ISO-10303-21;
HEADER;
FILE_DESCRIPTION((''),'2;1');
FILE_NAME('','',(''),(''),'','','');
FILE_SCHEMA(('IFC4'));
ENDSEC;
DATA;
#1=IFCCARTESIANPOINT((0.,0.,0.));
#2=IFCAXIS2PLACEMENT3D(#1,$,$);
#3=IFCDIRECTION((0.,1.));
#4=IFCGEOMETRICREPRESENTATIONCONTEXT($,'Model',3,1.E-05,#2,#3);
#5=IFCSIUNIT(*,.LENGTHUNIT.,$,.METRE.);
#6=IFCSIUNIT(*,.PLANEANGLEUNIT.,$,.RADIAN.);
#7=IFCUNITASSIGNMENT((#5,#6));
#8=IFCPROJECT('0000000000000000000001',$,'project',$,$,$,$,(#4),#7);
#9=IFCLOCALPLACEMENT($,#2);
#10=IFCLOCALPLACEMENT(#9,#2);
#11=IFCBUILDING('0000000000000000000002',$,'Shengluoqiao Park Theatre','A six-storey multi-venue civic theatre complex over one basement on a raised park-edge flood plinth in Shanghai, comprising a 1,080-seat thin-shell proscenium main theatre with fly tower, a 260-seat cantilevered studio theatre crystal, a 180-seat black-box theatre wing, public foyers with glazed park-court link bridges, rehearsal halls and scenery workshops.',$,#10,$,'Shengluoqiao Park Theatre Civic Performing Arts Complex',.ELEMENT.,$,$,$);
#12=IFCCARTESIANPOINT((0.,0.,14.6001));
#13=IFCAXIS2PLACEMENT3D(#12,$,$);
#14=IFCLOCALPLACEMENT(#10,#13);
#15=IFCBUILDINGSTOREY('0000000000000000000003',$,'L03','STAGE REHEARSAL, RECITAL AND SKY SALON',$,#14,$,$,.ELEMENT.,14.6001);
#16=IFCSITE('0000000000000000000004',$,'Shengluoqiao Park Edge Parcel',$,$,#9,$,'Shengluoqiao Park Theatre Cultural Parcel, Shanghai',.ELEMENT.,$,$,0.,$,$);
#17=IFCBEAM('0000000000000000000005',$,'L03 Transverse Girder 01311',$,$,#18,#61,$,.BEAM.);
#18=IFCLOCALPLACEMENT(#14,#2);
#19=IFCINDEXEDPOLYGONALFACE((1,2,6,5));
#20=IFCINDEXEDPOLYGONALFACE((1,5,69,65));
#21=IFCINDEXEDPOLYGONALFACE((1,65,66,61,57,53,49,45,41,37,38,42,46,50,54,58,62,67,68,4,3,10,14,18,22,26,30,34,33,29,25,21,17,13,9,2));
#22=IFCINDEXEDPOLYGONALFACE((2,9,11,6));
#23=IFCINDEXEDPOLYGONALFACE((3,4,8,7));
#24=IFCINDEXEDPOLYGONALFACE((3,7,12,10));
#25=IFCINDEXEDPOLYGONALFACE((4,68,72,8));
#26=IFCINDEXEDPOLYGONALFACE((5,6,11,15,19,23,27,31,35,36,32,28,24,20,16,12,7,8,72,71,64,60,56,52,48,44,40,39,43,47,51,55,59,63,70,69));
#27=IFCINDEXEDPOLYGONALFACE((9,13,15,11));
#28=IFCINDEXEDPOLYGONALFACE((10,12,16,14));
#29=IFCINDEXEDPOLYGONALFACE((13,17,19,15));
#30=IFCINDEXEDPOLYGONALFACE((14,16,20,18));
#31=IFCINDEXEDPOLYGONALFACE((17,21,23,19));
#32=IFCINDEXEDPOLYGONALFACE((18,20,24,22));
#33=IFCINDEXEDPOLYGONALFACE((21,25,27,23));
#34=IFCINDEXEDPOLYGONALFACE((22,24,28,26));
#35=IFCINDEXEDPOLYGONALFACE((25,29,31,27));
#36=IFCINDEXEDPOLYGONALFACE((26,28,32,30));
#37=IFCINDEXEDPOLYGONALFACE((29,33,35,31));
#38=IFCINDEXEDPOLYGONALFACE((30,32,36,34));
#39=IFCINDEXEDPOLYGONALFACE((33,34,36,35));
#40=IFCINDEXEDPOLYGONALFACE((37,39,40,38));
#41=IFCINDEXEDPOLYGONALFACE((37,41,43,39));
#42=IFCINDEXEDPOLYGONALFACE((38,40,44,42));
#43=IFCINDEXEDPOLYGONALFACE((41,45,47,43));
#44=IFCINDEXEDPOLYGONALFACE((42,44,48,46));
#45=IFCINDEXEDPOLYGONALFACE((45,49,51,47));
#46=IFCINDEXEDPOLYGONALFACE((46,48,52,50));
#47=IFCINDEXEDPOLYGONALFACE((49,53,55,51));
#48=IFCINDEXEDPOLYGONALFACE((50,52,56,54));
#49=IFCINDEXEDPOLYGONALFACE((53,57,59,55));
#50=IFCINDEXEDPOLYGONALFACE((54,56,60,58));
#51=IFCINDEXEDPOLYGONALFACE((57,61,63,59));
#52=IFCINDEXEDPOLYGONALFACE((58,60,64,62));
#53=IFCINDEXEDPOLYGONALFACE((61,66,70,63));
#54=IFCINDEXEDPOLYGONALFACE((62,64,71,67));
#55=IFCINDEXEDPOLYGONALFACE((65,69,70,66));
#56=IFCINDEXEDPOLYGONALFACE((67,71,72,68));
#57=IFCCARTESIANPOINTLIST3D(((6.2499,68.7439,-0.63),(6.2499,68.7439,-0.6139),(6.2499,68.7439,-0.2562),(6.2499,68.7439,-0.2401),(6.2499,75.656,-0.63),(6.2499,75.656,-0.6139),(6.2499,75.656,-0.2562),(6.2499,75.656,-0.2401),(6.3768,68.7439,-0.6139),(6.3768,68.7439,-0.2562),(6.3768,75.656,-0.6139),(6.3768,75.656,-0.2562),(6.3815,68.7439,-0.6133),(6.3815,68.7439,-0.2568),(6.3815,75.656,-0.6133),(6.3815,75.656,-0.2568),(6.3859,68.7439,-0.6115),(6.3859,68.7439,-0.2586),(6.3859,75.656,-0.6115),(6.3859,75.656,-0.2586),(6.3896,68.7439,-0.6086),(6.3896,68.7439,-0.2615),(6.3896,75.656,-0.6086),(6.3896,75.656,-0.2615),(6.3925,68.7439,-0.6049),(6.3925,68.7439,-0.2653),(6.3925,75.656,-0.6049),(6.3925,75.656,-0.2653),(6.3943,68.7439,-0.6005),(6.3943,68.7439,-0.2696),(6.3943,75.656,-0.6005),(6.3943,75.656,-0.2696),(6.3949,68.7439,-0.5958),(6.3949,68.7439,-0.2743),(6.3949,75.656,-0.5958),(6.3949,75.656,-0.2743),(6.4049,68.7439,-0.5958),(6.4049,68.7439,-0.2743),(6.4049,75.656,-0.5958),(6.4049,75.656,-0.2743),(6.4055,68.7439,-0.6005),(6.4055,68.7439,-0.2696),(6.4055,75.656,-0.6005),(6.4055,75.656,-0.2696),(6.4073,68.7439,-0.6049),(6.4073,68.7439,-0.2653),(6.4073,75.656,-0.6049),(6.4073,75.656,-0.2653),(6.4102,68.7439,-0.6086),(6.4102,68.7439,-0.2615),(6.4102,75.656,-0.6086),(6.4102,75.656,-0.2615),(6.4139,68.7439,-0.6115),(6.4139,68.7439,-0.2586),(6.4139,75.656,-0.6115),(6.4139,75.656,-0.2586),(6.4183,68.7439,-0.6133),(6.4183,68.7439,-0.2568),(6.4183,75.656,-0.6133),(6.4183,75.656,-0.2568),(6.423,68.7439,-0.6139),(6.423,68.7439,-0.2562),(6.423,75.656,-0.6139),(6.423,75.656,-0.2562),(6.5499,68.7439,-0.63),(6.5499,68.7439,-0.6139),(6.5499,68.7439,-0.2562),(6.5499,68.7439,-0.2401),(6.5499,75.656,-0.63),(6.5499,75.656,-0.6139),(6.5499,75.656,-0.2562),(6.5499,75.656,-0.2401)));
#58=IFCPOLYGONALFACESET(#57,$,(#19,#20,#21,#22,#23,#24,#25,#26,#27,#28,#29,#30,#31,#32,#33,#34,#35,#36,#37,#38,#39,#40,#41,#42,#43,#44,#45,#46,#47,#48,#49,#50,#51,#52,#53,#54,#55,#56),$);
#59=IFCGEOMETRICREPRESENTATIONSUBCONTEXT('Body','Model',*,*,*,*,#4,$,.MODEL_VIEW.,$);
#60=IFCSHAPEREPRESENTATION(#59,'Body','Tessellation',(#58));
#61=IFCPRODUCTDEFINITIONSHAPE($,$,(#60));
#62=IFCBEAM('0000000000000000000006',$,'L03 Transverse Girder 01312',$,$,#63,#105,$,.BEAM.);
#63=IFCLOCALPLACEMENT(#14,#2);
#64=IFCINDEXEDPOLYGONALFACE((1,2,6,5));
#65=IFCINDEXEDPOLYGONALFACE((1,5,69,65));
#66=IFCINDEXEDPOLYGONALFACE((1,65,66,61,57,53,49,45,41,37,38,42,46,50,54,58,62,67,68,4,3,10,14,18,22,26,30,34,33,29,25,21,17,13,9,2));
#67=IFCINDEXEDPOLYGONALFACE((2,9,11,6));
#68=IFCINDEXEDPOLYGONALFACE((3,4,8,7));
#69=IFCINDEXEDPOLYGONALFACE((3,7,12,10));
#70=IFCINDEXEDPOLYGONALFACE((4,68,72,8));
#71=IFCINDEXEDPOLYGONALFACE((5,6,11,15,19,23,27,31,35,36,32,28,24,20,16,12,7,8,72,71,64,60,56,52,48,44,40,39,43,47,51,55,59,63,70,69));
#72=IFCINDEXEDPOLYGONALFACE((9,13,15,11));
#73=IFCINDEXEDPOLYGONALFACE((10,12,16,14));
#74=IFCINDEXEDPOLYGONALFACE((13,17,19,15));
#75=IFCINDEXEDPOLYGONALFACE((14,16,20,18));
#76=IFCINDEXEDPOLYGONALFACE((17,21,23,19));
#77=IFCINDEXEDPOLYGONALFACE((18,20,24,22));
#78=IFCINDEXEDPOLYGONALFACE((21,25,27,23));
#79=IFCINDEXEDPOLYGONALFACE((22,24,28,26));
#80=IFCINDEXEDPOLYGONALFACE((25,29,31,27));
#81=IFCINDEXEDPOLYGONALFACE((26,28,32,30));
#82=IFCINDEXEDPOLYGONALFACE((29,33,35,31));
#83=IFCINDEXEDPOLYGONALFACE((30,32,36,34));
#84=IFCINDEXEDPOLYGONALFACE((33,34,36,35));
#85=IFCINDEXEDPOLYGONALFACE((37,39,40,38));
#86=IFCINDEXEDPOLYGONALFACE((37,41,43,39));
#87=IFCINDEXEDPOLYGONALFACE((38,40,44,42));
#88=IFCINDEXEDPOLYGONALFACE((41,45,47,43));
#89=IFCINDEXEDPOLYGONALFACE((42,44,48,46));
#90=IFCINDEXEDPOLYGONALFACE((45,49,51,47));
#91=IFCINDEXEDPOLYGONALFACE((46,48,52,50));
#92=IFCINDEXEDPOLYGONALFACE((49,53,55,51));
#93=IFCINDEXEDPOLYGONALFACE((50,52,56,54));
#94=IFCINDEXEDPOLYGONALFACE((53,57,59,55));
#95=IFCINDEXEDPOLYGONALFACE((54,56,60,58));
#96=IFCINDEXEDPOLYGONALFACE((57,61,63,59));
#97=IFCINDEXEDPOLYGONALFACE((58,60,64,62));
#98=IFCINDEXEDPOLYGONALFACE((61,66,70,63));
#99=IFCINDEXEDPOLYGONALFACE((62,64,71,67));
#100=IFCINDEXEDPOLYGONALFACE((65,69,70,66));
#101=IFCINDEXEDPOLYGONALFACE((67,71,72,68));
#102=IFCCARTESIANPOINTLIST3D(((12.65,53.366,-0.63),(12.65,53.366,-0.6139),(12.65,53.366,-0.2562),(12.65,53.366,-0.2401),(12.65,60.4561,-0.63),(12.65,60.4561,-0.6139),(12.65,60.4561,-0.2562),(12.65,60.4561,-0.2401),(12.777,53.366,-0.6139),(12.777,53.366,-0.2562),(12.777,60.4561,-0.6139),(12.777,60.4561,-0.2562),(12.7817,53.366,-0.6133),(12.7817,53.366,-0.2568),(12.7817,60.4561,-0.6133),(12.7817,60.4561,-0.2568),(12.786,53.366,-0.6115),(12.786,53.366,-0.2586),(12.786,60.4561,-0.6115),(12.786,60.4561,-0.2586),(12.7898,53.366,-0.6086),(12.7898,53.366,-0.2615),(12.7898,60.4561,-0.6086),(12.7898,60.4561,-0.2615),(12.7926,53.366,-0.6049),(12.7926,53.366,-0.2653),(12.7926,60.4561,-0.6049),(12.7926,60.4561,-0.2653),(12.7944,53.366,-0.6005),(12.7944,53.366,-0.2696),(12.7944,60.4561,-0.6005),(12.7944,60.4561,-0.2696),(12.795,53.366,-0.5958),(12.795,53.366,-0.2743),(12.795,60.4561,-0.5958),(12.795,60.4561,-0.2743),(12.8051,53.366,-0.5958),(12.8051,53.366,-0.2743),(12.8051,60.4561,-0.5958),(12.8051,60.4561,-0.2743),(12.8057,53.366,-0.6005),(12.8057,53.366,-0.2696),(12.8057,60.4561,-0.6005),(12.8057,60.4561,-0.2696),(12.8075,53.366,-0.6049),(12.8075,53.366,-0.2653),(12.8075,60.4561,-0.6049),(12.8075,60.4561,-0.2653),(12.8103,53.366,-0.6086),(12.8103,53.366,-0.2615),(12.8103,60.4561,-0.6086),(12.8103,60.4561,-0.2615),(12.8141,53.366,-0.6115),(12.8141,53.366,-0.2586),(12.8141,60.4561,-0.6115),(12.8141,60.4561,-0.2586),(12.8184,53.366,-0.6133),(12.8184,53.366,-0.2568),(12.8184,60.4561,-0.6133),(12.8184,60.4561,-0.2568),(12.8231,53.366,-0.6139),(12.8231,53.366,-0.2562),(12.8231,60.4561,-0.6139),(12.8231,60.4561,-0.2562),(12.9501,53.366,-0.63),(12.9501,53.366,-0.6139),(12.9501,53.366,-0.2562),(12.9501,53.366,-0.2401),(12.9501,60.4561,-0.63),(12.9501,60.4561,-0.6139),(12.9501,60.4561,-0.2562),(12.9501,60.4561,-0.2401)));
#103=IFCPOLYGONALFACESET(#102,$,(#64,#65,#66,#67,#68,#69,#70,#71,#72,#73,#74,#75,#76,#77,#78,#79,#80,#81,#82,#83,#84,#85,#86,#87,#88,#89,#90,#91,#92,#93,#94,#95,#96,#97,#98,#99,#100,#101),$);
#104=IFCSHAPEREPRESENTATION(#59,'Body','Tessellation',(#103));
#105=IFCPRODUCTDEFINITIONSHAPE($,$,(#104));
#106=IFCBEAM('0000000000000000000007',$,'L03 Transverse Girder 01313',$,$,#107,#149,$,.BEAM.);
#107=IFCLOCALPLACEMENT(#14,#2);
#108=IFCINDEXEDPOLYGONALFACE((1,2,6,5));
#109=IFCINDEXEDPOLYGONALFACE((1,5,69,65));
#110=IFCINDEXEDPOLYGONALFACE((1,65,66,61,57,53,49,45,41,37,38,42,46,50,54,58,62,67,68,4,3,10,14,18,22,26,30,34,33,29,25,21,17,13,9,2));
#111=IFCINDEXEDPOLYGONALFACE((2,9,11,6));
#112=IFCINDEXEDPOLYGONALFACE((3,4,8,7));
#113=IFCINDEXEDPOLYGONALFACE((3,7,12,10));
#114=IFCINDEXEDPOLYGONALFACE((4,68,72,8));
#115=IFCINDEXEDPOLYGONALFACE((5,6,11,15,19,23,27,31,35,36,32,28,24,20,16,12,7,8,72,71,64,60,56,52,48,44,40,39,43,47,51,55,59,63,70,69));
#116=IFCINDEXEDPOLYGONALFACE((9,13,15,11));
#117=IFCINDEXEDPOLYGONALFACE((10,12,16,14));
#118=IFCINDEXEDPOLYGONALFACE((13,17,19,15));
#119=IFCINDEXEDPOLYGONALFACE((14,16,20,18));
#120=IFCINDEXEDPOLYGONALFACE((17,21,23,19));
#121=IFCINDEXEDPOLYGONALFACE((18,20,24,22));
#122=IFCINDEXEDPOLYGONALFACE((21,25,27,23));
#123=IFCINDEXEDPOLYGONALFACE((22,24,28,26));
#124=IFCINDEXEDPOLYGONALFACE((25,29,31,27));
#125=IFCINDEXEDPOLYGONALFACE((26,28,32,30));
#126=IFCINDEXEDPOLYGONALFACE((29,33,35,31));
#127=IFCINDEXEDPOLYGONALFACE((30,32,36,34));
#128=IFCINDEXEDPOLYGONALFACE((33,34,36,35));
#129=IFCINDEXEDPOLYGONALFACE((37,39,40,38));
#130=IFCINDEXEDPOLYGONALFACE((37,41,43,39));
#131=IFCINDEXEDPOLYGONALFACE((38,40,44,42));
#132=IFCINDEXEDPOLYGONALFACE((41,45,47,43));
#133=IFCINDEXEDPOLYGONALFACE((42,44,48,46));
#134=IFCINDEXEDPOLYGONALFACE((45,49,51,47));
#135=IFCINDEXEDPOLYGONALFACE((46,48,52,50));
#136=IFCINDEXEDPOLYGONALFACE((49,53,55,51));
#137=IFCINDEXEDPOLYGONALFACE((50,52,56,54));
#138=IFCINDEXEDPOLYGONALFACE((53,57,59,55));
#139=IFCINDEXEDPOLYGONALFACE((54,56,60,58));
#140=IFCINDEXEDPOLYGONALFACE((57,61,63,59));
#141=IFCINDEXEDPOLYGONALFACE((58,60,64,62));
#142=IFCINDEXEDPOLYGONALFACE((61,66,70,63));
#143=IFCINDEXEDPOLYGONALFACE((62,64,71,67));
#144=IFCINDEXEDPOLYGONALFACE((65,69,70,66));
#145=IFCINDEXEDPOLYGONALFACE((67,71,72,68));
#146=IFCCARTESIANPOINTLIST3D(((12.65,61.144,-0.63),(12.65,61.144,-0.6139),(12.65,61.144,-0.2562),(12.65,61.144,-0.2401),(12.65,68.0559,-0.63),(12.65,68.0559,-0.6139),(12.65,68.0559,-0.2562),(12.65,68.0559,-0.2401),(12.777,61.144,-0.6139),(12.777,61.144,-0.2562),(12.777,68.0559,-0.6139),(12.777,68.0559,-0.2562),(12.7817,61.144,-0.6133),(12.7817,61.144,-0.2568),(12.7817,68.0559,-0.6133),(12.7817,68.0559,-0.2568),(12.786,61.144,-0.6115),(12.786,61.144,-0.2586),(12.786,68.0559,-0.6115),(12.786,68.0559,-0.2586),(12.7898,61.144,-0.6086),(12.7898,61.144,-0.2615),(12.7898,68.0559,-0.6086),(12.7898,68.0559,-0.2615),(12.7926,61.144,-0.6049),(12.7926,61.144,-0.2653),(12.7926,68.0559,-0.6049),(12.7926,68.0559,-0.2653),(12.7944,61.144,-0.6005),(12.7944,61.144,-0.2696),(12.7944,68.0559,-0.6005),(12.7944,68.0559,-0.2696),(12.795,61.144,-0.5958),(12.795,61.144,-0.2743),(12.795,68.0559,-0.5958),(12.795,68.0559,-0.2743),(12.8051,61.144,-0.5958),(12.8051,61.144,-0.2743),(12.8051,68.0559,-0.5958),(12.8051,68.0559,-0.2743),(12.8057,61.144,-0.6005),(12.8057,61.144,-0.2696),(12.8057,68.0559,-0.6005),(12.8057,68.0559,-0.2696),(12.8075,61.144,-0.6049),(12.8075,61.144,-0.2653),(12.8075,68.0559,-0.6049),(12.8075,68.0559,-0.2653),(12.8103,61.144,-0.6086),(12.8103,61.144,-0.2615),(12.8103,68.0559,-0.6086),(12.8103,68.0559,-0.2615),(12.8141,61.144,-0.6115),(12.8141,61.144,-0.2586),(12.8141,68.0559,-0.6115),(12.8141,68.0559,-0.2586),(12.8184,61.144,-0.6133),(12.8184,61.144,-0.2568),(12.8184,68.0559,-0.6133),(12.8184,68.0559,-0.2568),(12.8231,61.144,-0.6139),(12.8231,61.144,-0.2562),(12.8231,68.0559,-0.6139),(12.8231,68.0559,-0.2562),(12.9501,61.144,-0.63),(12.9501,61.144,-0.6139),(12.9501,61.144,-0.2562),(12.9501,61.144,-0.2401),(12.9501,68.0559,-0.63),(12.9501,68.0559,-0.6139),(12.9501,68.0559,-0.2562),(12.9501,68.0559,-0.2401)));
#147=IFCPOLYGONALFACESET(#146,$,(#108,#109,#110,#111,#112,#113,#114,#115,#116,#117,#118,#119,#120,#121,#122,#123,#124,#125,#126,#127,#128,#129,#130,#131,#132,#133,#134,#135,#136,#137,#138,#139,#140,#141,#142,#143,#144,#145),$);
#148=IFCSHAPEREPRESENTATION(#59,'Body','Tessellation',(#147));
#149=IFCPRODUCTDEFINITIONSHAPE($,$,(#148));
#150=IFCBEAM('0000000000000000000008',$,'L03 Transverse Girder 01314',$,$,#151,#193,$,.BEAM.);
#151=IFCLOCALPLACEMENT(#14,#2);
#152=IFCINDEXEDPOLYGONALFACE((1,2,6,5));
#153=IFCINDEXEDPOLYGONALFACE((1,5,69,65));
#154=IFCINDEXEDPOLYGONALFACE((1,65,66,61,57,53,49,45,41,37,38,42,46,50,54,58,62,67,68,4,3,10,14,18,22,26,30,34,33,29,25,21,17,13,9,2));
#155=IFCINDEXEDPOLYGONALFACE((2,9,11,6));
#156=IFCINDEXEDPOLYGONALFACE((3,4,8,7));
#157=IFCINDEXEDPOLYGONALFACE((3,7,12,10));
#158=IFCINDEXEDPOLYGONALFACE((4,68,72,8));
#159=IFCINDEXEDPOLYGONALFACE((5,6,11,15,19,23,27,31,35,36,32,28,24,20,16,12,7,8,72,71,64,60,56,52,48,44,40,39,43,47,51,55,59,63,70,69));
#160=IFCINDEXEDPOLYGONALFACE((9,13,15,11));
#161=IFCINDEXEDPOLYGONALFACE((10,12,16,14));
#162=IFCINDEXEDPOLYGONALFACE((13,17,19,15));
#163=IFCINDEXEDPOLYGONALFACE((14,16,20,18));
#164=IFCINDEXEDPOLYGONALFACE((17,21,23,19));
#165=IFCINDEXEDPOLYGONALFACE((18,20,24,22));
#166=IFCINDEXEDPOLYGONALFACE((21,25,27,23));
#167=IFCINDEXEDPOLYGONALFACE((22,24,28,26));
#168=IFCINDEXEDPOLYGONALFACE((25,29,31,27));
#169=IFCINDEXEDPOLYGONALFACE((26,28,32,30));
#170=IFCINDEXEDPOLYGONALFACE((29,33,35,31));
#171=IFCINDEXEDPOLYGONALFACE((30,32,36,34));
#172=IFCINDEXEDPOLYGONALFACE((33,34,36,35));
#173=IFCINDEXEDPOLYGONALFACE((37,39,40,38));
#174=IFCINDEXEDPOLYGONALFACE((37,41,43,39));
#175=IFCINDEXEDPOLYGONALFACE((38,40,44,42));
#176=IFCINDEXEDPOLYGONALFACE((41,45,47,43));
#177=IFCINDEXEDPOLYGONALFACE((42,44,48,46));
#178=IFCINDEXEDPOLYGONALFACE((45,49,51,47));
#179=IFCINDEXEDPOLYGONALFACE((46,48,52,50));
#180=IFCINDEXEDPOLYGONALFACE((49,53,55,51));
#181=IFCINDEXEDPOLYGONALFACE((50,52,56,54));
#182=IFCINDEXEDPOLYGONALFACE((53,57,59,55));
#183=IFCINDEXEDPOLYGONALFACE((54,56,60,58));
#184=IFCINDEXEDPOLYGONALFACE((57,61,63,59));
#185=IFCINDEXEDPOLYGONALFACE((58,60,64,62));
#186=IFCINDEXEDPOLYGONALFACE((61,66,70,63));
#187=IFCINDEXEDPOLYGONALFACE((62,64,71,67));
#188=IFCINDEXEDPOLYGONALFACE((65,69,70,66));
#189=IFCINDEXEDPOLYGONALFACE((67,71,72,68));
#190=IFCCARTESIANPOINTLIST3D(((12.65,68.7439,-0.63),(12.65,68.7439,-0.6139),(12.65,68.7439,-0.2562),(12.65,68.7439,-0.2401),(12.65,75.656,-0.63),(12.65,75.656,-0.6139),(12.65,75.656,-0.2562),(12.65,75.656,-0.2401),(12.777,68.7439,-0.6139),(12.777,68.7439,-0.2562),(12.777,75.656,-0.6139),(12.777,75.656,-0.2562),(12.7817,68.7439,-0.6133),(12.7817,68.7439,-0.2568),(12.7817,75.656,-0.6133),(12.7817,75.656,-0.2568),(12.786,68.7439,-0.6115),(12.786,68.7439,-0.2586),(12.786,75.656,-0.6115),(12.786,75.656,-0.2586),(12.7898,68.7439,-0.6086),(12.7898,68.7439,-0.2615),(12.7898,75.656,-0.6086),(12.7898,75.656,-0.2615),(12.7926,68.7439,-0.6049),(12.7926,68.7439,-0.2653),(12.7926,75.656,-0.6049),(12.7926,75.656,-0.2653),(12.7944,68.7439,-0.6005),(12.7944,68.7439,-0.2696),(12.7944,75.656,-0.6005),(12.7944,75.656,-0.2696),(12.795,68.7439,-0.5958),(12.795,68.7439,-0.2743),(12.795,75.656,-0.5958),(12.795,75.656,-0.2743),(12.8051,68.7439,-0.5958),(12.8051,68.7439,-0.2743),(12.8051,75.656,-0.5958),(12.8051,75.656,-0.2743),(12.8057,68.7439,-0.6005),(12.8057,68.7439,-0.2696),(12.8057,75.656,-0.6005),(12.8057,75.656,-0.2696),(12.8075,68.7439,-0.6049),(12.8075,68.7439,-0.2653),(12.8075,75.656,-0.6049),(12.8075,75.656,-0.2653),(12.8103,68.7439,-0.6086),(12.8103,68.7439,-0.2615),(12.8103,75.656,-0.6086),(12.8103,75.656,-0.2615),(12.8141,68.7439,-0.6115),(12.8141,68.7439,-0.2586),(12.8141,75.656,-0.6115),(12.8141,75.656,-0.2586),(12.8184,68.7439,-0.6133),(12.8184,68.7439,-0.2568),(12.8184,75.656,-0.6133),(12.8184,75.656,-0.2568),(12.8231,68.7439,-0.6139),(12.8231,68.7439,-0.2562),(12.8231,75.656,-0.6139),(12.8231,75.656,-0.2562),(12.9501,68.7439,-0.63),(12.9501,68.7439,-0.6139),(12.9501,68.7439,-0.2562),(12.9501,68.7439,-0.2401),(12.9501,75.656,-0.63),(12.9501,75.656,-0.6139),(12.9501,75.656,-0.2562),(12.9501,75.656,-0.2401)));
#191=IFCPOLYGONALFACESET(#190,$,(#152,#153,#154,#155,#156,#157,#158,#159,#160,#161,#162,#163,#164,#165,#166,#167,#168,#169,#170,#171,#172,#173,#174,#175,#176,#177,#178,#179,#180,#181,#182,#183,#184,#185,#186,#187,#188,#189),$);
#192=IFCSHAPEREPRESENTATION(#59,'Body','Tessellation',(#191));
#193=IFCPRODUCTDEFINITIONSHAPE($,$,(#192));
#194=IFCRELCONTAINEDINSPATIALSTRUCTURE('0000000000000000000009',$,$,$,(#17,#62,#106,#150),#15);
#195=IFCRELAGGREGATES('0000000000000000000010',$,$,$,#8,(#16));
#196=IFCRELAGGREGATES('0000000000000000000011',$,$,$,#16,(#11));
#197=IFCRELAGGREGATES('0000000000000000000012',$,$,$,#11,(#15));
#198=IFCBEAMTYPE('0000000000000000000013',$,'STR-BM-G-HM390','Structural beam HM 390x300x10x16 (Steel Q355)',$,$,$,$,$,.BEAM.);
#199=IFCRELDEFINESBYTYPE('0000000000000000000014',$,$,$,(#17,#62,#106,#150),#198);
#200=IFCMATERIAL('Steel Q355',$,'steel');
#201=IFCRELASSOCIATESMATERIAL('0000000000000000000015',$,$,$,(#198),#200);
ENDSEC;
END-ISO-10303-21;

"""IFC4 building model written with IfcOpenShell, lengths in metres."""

from ifc_helpers import new_model, si_unit, direction, frame, origin, origin_2d, place, context, subcontext, project, spatial, i_section, extrude, material, material_profile, profile_set, type_object, element, save


model = new_model("IFC4")

# Units and contexts
model_context = context("Model", 3, precision=1e-05, world=origin(), true_north=direction((0.0, 1.0)))
body_context = subcontext(model_context, "Body", "Model", "MODEL_VIEW")
ifc_project = project(units=[si_unit("LENGTHUNIT", "METRE"), si_unit("PLANEANGLEUNIT", "RADIAN")], contexts=[model_context])

# Site, building, storey
site_placement = place(None, origin())
site = spatial("IfcSite", under=ifc_project, at=site_placement, Name="Shengluoqiao Park Edge Parcel", LongName="Shengluoqiao Park Theatre Cultural Parcel, Shanghai", CompositionType="ELEMENT", RefElevation=0.0)
building_placement = place(site_placement, origin())
building = spatial("IfcBuilding", under=site, at=building_placement, Name="Shengluoqiao Park Theatre", Description="A six-storey multi-venue civic theatre complex over one basement on a raised park-edge flood plinth in Shanghai, comprising a 1,080-seat thin-shell proscenium main theatre with fly tower, a 260-seat cantilevered studio theatre crystal, a 180-seat black-box theatre wing, public foyers with glazed park-court link bridges, rehearsal halls and scenery workshops.", LongName="Shengluoqiao Park Theatre Civic Performing Arts Complex", CompositionType="ELEMENT")
storey_placement = place(building_placement, frame((0.0, 0.0, 14.6001)))
storey = spatial("IfcBuildingStorey", under=building, at=storey_placement, Name="L03", Description="STAGE REHEARSAL, RECITAL AND SKY SALON", CompositionType="ELEMENT", Elevation=14.6001)

# Beams
ifc_material_1 = material(Name="Steel Q355", Category="steel")
ifc_material_profile_1 = material_profile(ifc_material_1, i_section(OverallWidth=0.3, OverallDepth=0.3899, WebThickness=0.01, FlangeThickness=0.0161, FilletRadius=0.0181, at=origin_2d()), Name="HM 390x300x10x16")
ifc_profile_set_1 = profile_set([ifc_material_profile_1], Name="Steel Q355")
beam_type_1 = type_object("IfcBeamType", Name="STR-BM-G-HM390", Description="Structural beam HM 390x300x10x16 (Steel Q355)", PredefinedType="BEAM", material=ifc_profile_set_1)
beam_1_placement = place(storey_placement, frame((6.3999, 68.7439, -0.4351), z_axis=(0.0, 1.0, 0.0), x_axis=(-1.0, 0.0, 0.0)))
element("IfcBeam", 1, at=beam_1_placement, inside=storey, type_object=beam_type_1, Name="L03 Transverse Girder 01311", PredefinedType="BEAM", context=body_context, shape_type="SweptSolid", body=[
    extrude(i_section(OverallWidth=0.3, OverallDepth=0.3899, WebThickness=0.01, FlangeThickness=0.0161, FilletRadius=0.0181, at=origin_2d()), origin(), (0.0, 0.0, 1.0), 6.9121),
])
beam_2_placement = place(storey_placement, frame((12.8, 53.366, -0.4351), z_axis=(0.0, 1.0, 0.0), x_axis=(-1.0, 0.0, 0.0)))
element("IfcBeam", 2, at=beam_2_placement, inside=storey, type_object=beam_type_1, Name="L03 Transverse Girder 01312", PredefinedType="BEAM", context=body_context, shape_type="SweptSolid", body=[
    extrude(i_section(OverallWidth=0.3, OverallDepth=0.3899, WebThickness=0.01, FlangeThickness=0.0161, FilletRadius=0.0181, at=origin_2d()), origin(), (0.0, 0.0, 1.0), 7.0901),
])
beam_3_placement = place(storey_placement, frame((12.8, 61.144, -0.4351), z_axis=(0.0, 1.0, 0.0), x_axis=(-1.0, 0.0, 0.0)))
element("IfcBeam", 3, at=beam_3_placement, inside=storey, type_object=beam_type_1, Name="L03 Transverse Girder 01313", PredefinedType="BEAM", context=body_context, shape_type="SweptSolid", body=[
    extrude(i_section(OverallWidth=0.3, OverallDepth=0.3899, WebThickness=0.01, FlangeThickness=0.0161, FilletRadius=0.0181, at=origin_2d()), origin(), (0.0, 0.0, 1.0), 6.9119),
])
beam_4_placement = place(storey_placement, frame((12.8, 68.7439, -0.4351), z_axis=(0.0, 1.0, 0.0), x_axis=(-1.0, 0.0, 0.0)))
element("IfcBeam", 4, at=beam_4_placement, inside=storey, type_object=beam_type_1, Name="L03 Transverse Girder 01314", PredefinedType="BEAM", context=body_context, shape_type="SweptSolid", body=[
    extrude(i_section(OverallWidth=0.3, OverallDepth=0.3899, WebThickness=0.01, FlangeThickness=0.0161, FilletRadius=0.0181, at=origin_2d()), origin(), (0.0, 0.0, 1.0), 6.9121),
])

save(model, "model.ifc")
